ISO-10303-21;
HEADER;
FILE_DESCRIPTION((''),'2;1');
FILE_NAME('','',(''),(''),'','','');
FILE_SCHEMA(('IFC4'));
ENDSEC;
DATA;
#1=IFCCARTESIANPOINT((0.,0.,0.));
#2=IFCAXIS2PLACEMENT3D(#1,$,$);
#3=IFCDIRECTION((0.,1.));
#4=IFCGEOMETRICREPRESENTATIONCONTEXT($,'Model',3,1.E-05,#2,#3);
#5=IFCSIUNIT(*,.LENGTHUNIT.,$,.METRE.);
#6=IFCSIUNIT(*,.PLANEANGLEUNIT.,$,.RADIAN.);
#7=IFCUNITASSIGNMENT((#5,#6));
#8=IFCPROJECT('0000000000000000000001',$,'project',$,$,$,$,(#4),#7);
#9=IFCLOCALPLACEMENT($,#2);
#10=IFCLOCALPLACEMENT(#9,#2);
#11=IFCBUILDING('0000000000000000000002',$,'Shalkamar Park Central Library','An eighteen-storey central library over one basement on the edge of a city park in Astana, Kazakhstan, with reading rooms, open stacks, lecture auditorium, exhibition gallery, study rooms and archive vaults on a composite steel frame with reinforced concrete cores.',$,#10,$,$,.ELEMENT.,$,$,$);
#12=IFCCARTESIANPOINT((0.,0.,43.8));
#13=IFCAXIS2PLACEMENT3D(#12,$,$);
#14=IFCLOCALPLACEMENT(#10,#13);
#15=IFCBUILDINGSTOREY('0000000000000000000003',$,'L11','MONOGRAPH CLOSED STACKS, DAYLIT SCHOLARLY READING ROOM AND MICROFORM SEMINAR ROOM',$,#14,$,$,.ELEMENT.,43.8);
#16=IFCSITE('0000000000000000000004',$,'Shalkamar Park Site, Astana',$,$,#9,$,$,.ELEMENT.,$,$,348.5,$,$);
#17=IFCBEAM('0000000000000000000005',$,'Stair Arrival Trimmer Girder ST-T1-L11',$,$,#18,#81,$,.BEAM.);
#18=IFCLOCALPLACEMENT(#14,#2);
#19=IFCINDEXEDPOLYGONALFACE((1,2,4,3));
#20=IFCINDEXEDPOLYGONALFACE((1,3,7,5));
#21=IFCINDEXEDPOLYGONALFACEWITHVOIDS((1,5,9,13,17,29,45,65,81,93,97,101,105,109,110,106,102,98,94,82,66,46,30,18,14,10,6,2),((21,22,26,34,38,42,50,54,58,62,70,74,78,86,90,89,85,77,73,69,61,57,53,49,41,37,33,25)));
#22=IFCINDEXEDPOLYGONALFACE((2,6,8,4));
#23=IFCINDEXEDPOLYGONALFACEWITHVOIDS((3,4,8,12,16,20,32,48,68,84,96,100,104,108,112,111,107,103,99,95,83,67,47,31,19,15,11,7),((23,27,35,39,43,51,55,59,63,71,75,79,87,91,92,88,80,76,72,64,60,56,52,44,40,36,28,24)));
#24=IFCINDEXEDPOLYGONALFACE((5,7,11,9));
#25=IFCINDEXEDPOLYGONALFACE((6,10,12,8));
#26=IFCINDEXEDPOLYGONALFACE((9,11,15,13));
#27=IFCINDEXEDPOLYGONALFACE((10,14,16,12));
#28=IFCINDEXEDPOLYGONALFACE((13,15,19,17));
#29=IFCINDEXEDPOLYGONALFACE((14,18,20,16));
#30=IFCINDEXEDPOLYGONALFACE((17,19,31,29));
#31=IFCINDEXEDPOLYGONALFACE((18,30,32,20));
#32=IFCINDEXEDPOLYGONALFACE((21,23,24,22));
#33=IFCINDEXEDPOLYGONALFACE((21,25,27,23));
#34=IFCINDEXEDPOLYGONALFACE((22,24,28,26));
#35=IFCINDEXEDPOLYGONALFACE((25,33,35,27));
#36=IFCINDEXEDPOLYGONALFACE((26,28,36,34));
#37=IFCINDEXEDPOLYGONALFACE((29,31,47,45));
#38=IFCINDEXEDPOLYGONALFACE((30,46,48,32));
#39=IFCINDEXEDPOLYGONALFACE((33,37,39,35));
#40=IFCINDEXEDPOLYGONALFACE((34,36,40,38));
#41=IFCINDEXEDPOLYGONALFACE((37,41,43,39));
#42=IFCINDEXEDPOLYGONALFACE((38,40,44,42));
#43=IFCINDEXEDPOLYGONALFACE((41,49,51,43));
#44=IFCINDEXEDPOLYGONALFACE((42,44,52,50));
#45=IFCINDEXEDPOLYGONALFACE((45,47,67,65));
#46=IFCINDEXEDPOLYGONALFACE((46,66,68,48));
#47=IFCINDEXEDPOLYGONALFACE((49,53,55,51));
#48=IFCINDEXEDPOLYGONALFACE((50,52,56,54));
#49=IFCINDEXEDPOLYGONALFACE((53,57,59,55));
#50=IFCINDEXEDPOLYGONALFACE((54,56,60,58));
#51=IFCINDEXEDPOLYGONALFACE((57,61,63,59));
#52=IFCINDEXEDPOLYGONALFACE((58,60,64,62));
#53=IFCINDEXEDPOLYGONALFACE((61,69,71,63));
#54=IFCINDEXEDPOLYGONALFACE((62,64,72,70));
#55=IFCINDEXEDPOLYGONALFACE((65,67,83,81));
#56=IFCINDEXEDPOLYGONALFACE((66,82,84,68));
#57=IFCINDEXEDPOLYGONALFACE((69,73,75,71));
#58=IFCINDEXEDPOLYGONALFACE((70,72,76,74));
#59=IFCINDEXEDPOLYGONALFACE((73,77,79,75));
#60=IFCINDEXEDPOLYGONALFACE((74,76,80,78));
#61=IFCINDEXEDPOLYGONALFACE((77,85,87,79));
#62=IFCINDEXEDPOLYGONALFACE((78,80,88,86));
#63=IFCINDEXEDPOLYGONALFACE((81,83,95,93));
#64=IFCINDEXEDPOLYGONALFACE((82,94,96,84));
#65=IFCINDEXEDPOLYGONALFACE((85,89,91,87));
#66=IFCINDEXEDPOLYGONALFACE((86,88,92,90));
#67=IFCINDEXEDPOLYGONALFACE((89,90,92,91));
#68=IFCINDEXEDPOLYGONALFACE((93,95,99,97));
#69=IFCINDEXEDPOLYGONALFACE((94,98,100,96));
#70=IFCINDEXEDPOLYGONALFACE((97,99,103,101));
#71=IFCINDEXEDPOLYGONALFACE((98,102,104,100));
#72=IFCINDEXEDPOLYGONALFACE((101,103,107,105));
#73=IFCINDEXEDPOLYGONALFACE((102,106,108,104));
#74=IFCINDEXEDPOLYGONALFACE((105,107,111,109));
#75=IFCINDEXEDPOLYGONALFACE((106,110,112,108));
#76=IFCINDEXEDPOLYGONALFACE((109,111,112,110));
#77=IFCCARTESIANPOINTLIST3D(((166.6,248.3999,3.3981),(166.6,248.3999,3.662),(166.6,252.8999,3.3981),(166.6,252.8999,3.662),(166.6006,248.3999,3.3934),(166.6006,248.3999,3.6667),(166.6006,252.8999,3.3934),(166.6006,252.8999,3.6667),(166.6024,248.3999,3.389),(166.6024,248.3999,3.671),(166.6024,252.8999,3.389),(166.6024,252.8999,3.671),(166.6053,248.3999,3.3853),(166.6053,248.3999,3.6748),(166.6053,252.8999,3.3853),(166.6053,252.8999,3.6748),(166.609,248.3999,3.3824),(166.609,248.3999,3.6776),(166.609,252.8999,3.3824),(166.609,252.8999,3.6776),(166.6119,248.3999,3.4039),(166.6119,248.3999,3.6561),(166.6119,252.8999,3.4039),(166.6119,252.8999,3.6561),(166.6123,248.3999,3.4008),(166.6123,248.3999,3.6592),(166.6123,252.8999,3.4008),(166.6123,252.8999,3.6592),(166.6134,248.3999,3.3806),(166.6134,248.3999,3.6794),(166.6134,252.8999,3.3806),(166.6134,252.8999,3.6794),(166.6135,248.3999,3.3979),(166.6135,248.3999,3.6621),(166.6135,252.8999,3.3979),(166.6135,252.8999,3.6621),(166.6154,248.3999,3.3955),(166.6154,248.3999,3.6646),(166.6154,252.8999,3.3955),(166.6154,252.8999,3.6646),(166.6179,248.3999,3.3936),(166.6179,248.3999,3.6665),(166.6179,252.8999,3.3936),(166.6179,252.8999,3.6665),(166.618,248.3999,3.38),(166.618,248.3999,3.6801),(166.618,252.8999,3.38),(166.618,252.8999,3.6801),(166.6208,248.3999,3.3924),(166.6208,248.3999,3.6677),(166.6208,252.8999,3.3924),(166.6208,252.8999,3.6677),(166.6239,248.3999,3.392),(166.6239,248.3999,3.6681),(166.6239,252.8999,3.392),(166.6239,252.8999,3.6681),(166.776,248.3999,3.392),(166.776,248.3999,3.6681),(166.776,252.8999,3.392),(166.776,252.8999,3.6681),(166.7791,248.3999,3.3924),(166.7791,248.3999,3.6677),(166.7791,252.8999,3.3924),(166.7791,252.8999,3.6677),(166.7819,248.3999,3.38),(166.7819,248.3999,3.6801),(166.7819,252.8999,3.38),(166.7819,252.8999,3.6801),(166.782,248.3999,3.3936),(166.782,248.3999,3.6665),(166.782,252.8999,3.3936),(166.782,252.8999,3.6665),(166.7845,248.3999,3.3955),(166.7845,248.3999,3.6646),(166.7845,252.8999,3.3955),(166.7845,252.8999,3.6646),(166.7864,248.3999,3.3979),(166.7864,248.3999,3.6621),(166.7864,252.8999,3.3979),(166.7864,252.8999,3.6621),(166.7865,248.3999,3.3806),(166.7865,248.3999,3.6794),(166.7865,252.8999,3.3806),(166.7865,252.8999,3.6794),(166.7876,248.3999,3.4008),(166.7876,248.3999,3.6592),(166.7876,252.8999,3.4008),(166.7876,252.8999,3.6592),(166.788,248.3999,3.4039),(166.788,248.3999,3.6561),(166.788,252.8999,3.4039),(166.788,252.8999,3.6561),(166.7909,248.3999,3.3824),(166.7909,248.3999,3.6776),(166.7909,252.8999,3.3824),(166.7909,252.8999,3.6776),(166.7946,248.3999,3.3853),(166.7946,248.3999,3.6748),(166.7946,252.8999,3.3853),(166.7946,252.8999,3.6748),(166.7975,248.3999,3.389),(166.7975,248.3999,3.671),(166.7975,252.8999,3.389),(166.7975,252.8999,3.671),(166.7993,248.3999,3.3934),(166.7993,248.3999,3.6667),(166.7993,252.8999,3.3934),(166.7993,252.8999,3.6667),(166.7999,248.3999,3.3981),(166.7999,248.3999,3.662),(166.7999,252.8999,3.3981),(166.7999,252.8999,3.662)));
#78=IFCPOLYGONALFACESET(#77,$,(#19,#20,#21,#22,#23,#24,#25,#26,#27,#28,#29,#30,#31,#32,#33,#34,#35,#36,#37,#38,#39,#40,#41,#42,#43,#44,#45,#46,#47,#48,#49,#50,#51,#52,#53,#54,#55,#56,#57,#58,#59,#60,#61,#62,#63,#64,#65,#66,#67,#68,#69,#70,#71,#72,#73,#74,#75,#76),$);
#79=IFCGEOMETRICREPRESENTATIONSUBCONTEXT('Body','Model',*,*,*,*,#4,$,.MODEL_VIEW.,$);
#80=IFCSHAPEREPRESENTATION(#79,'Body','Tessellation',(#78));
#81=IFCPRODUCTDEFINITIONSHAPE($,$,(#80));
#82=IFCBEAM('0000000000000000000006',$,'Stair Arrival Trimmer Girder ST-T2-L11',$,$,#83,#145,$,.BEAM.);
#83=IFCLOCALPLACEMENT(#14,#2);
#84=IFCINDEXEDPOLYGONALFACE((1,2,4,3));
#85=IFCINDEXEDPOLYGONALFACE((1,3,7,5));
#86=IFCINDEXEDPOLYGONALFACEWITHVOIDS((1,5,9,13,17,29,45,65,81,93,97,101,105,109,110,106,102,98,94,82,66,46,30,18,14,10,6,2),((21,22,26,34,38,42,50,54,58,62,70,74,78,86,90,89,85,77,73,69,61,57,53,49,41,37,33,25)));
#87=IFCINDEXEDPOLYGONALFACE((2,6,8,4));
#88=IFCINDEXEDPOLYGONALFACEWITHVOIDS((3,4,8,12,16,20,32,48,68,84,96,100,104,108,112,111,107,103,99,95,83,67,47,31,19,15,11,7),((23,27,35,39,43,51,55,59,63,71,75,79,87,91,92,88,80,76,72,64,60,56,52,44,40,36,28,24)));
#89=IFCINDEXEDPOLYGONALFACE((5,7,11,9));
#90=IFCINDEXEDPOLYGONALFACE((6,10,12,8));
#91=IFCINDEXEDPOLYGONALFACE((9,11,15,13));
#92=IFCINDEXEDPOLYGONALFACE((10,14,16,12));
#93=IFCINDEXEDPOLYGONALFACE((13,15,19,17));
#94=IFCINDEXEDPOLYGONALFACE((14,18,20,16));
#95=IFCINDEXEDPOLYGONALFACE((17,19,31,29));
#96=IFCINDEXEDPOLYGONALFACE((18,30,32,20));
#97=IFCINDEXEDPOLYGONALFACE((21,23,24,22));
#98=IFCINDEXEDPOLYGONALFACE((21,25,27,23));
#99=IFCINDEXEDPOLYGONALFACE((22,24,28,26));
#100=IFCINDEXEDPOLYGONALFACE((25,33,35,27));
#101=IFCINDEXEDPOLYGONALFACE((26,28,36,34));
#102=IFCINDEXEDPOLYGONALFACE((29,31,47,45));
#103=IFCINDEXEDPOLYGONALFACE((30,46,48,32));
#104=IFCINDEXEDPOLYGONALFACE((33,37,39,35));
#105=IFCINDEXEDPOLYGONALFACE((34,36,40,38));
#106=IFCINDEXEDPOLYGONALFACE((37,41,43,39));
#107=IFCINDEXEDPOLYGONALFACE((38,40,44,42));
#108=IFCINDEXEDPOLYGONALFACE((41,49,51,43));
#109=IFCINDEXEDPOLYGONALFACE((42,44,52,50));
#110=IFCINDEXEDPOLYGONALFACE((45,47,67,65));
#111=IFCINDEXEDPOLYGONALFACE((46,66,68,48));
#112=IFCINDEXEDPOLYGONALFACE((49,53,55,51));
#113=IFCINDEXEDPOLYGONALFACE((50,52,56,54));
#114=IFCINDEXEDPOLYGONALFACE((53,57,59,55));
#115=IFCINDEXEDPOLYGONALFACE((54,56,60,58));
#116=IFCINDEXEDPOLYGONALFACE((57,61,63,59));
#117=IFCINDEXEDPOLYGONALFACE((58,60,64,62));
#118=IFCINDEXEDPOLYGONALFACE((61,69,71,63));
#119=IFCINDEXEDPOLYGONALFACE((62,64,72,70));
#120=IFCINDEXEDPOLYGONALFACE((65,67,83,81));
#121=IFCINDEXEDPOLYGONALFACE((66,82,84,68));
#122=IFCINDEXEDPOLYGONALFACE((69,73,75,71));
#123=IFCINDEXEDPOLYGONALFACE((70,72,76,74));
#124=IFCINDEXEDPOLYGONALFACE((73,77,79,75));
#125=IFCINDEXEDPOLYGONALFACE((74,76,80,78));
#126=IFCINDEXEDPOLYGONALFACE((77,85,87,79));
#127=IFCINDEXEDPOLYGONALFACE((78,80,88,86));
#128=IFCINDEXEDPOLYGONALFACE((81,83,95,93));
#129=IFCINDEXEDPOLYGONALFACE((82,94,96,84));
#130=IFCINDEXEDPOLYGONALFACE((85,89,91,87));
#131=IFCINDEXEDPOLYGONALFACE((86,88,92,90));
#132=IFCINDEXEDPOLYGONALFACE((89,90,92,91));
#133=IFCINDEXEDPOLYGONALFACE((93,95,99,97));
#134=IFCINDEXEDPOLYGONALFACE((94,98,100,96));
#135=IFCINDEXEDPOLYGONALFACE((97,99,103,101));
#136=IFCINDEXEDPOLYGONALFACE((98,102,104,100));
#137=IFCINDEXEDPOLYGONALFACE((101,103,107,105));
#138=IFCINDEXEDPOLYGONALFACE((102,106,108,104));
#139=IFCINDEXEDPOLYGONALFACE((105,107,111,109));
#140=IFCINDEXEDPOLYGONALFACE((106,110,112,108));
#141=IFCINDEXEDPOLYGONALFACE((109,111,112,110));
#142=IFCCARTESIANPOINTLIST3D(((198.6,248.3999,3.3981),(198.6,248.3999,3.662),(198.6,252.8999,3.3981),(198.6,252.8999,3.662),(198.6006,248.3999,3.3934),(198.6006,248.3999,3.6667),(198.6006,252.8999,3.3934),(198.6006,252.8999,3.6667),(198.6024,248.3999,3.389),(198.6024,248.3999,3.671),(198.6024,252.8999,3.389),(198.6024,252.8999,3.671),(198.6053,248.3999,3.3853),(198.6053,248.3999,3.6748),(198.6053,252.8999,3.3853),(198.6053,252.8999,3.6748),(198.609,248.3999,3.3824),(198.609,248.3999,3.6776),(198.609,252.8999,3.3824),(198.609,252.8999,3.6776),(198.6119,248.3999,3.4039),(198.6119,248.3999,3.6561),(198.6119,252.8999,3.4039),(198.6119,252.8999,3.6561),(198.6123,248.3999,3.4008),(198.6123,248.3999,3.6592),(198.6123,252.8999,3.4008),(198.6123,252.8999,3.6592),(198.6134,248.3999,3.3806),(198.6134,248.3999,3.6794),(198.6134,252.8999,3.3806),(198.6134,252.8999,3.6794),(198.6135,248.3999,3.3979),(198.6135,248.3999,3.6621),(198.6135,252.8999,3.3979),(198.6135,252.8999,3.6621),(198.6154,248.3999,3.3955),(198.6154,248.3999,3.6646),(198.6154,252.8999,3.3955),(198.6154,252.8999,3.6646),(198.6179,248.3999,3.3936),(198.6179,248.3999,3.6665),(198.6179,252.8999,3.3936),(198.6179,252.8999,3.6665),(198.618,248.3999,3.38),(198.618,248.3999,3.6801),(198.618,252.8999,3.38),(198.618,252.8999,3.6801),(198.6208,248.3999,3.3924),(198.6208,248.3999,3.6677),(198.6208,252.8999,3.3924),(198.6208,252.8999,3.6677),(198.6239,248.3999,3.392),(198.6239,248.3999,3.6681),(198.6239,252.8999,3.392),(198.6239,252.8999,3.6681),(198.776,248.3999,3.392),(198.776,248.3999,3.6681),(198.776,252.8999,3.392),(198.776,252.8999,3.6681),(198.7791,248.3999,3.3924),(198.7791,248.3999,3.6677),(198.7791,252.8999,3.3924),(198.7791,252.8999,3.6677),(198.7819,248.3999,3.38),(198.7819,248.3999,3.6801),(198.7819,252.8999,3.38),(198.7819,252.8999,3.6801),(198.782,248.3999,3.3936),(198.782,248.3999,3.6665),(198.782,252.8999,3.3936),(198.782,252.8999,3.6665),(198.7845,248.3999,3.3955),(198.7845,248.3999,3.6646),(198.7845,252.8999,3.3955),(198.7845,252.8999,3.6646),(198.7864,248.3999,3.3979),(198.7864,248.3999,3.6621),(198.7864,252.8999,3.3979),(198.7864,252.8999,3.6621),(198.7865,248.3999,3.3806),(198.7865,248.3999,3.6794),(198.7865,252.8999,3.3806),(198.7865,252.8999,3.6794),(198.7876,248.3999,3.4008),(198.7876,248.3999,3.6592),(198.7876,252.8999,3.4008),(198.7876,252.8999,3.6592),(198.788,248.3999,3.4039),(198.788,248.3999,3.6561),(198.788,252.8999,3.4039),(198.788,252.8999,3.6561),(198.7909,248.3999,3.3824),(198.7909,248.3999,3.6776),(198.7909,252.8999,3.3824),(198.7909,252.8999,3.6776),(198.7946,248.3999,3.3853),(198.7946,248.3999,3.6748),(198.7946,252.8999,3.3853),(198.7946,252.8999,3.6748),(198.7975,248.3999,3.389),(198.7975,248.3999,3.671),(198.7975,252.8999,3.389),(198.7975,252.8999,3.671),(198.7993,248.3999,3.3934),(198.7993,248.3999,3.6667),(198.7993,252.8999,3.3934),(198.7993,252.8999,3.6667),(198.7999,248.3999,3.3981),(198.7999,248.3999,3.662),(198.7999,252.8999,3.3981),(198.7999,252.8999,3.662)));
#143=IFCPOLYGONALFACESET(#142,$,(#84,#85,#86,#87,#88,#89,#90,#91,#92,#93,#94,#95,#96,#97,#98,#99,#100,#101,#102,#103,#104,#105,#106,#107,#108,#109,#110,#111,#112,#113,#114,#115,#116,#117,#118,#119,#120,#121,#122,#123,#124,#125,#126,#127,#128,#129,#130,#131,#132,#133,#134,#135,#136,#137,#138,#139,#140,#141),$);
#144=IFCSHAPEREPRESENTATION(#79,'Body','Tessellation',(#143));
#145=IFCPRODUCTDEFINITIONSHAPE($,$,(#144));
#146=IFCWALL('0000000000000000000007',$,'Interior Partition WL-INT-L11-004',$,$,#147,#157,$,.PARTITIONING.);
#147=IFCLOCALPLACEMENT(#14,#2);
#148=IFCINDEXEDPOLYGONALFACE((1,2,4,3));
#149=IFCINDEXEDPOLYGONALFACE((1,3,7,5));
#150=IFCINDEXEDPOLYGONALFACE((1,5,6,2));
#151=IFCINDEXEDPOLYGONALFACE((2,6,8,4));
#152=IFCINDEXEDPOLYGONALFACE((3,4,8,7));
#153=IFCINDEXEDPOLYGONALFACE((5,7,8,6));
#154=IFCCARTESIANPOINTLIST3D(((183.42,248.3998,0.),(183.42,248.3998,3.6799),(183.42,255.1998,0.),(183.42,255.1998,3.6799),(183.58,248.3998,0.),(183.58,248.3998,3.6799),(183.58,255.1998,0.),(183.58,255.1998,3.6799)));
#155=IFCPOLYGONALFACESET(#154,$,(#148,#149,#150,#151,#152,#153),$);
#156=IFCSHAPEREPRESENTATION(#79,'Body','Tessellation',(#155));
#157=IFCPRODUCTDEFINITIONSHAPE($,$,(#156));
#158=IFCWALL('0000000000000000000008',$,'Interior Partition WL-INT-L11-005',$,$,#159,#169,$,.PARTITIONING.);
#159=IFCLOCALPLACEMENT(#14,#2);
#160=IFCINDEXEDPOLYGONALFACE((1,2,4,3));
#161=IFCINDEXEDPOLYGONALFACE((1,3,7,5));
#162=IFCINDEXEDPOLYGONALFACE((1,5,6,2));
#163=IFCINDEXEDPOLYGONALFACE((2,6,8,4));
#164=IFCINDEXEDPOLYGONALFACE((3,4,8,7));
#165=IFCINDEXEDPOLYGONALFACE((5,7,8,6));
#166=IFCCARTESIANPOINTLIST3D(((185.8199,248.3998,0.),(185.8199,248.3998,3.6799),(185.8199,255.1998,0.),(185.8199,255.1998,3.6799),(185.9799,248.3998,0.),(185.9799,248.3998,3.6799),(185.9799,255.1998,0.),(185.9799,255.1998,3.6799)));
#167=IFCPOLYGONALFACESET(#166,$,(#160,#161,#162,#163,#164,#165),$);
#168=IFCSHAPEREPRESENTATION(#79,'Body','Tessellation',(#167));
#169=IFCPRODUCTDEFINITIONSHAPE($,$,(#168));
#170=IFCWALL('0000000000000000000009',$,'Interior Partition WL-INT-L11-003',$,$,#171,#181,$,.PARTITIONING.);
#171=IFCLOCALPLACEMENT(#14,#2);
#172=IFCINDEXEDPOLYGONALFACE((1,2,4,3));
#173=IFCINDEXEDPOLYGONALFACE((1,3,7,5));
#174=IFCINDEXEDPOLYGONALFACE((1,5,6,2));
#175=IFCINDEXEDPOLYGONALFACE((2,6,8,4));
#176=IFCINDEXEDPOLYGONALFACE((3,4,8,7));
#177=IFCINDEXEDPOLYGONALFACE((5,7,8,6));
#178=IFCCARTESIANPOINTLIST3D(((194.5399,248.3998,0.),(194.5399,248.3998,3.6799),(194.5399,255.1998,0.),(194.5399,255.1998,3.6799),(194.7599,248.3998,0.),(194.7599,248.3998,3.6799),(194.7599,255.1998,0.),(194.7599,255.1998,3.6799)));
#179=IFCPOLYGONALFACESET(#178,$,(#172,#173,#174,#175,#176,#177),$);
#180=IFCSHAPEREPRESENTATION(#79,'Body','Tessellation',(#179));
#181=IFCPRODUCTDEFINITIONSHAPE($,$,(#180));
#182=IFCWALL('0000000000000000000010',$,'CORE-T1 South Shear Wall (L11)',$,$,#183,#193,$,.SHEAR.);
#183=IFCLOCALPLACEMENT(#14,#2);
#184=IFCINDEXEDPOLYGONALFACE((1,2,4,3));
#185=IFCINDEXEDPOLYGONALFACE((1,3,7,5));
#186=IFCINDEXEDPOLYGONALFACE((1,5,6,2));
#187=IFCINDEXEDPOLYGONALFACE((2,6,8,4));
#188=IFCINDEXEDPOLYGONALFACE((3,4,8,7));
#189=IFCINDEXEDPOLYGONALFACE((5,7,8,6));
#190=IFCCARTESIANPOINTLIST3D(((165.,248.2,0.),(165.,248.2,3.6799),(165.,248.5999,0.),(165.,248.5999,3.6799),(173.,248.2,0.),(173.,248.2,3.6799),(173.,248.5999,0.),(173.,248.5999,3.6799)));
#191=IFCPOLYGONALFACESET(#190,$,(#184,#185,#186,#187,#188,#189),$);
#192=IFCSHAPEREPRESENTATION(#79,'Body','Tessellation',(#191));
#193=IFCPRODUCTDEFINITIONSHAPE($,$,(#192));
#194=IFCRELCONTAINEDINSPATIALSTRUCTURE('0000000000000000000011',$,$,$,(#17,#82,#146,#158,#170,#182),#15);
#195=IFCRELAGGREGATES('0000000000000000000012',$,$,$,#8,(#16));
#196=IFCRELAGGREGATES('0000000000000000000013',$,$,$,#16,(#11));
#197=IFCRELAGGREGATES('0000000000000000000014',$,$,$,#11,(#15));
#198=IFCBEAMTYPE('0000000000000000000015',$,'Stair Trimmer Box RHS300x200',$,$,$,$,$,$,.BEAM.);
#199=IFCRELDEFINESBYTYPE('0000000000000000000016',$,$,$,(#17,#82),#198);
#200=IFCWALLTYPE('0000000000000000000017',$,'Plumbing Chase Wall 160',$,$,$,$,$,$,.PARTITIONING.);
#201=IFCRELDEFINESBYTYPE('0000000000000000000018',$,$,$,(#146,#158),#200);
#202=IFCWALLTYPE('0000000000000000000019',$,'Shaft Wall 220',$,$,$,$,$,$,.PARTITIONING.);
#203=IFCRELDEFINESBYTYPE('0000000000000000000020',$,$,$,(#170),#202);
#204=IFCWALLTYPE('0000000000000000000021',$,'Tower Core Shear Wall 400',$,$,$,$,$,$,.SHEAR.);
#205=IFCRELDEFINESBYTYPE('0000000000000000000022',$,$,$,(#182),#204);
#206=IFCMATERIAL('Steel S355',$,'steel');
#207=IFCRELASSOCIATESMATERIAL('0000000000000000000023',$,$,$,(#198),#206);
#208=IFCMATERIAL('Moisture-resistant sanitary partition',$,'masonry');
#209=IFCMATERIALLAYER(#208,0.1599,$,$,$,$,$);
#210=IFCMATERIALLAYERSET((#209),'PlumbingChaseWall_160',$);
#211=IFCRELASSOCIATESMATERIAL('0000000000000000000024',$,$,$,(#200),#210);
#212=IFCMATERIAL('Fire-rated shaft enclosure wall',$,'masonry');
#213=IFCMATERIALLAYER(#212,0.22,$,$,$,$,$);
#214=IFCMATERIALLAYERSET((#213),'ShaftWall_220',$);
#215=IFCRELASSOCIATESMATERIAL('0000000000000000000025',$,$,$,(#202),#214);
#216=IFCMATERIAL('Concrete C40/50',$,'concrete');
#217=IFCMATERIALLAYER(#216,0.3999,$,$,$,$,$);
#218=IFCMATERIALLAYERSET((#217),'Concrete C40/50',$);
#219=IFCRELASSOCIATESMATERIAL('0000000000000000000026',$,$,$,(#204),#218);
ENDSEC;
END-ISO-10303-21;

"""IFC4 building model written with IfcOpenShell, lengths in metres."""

from ifc_helpers import new_model, si_unit, direction, frame, frame_2d, origin, origin_2d, place, context, subcontext, project, spatial, rectangle, hollow_rectangle, extrude, material, layer, layer_set, material_profile, profile_set, type_object, element, save


model = new_model("IFC4")

# Units and contexts
model_context = context("Model", 3, precision=1e-05, world=origin(), true_north=direction((0.0, 1.0)))
body_context = subcontext(model_context, "Body", "Model", "MODEL_VIEW")
ifc_project = project(units=[si_unit("LENGTHUNIT", "METRE"), si_unit("PLANEANGLEUNIT", "RADIAN")], contexts=[model_context])

# Site, building, storey
site_placement = place(None, origin())
site = spatial("IfcSite", under=ifc_project, at=site_placement, Name="Shalkamar Park Site, Astana", CompositionType="ELEMENT", RefElevation=348.5)
building_placement = place(site_placement, origin())
building = spatial("IfcBuilding", under=site, at=building_placement, Name="Shalkamar Park Central Library", Description="An eighteen-storey central library over one basement on the edge of a city park in Astana, Kazakhstan, with reading rooms, open stacks, lecture auditorium, exhibition gallery, study rooms and archive vaults on a composite steel frame with reinforced concrete cores.", CompositionType="ELEMENT")
storey_placement = place(building_placement, frame((0.0, 0.0, 43.8)))
storey = spatial("IfcBuildingStorey", under=building, at=storey_placement, Name="L11", Description="MONOGRAPH CLOSED STACKS, DAYLIT SCHOLARLY READING ROOM AND MICROFORM SEMINAR ROOM", CompositionType="ELEMENT", Elevation=43.8)

# Shared definitions
ifc_material_1 = material(Name="Steel S355", Category="steel")

# Beams
ifc_material_profile_1 = material_profile(ifc_material_1, hollow_rectangle(XDim=0.2, YDim=0.3, WallThickness=0.012, InnerFilletRadius=0.012, OuterFilletRadius=0.0181, at=origin_2d()), Name="RHS 300x200x12")
ifc_profile_set_1 = profile_set([ifc_material_profile_1], Name="Steel S355")
beam_type_1 = type_object("IfcBeamType", Name="Stair Trimmer Box RHS300x200", PredefinedType="BEAM", material=ifc_profile_set_1)
for number, where, z_axis, x_axis, name in (
    (1, (166.7, 248.3999, 3.53), (0.0, 1.0, 0.0), (-1.0, 0.0, 0.0), "Stair Arrival Trimmer Girder ST-T1-L11"),
    (2, (198.7, 248.3999, 3.53), (0.0, 1.0, 0.0), (-1.0, 0.0, 0.0), "Stair Arrival Trimmer Girder ST-T2-L11"),
):
    element("IfcBeam", number, at=place(storey_placement, frame(where, z_axis=z_axis, x_axis=x_axis)), inside=storey, type_object=beam_type_1, Name=name, PredefinedType="BEAM", context=body_context, shape_type="SweptSolid", body=[
        extrude(hollow_rectangle(XDim=0.2, YDim=0.3, WallThickness=0.012, InnerFilletRadius=0.012, OuterFilletRadius=0.0181, at=origin_2d()), origin(), (0.0, 0.0, 1.0), 4.5),
    ])

# Walls
ifc_material_2 = material(Name="Moisture-resistant sanitary partition", Category="masonry")
ifc_layer_1 = layer(ifc_material_2, 0.1599)
ifc_layer_set_1 = layer_set([ifc_layer_1], Name="PlumbingChaseWall_160")
wall_type_1 = type_object("IfcWallType", Name="Plumbing Chase Wall 160", PredefinedType="PARTITIONING", material=ifc_layer_set_1)
for number, where, z_axis, x_axis, name in (
    (3, (183.5, 248.3999, 0.0), (0.0, 0.0, 1.0), (0.0, 1.0, 0.0), "Interior Partition WL-INT-L11-004"),
    (4, (185.8999, 248.3999, 0.0), (0.0, 0.0, 1.0), (0.0, 1.0, 0.0), "Interior Partition WL-INT-L11-005"),
):
    element("IfcWall", number, at=place(storey_placement, frame(where, z_axis=z_axis, x_axis=x_axis)), inside=storey, type_object=wall_type_1, Name=name, PredefinedType="PARTITIONING", context=body_context, shape_type="SweptSolid", body=[
        extrude(rectangle(XDim=6.8, YDim=0.1599, at=frame_2d((3.3999, 0.0))), origin(), (0.0, 0.0, 1.0), 3.6799),
    ])
ifc_material_3 = material(Name="Fire-rated shaft enclosure wall", Category="masonry")
ifc_layer_2 = layer(ifc_material_3, 0.22)
ifc_layer_set_2 = layer_set([ifc_layer_2], Name="ShaftWall_220")
wall_type_2 = type_object("IfcWallType", Name="Shaft Wall 220", PredefinedType="PARTITIONING", material=ifc_layer_set_2)
wall_1_placement = place(storey_placement, frame((194.6499, 248.3999, 0.0), z_axis=(0.0, 0.0, 1.0), x_axis=(0.0, 1.0, 0.0)))
element("IfcWall", 5, at=wall_1_placement, inside=storey, type_object=wall_type_2, Name="Interior Partition WL-INT-L11-003", PredefinedType="PARTITIONING", context=body_context, shape_type="SweptSolid", body=[
    extrude(rectangle(XDim=6.8, YDim=0.22, at=frame_2d((3.3999, 0.0))), origin(), (0.0, 0.0, 1.0), 3.6799),
])
ifc_material_4 = material(Name="Concrete C40/50", Category="concrete")
ifc_layer_3 = layer(ifc_material_4, 0.3999)
ifc_layer_set_3 = layer_set([ifc_layer_3], Name="Concrete C40/50")
wall_type_3 = type_object("IfcWallType", Name="Tower Core Shear Wall 400", PredefinedType="SHEAR", material=ifc_layer_set_3)
wall_2_placement = place(storey_placement, frame((165.0, 248.3999, 0.0), z_axis=(0.0, 0.0, 1.0), x_axis=(1.0, 0.0, 0.0)))
element("IfcWall", 6, at=wall_2_placement, inside=storey, type_object=wall_type_3, Name="CORE-T1 South Shear Wall (L11)", PredefinedType="SHEAR", context=body_context, shape_type="SweptSolid", body=[
    extrude(rectangle(XDim=8.0, YDim=0.3999, at=frame_2d((4.0, 0.0))), origin(), (0.0, 0.0, 1.0), 3.6799),
])

save(model, "model.ifc")
